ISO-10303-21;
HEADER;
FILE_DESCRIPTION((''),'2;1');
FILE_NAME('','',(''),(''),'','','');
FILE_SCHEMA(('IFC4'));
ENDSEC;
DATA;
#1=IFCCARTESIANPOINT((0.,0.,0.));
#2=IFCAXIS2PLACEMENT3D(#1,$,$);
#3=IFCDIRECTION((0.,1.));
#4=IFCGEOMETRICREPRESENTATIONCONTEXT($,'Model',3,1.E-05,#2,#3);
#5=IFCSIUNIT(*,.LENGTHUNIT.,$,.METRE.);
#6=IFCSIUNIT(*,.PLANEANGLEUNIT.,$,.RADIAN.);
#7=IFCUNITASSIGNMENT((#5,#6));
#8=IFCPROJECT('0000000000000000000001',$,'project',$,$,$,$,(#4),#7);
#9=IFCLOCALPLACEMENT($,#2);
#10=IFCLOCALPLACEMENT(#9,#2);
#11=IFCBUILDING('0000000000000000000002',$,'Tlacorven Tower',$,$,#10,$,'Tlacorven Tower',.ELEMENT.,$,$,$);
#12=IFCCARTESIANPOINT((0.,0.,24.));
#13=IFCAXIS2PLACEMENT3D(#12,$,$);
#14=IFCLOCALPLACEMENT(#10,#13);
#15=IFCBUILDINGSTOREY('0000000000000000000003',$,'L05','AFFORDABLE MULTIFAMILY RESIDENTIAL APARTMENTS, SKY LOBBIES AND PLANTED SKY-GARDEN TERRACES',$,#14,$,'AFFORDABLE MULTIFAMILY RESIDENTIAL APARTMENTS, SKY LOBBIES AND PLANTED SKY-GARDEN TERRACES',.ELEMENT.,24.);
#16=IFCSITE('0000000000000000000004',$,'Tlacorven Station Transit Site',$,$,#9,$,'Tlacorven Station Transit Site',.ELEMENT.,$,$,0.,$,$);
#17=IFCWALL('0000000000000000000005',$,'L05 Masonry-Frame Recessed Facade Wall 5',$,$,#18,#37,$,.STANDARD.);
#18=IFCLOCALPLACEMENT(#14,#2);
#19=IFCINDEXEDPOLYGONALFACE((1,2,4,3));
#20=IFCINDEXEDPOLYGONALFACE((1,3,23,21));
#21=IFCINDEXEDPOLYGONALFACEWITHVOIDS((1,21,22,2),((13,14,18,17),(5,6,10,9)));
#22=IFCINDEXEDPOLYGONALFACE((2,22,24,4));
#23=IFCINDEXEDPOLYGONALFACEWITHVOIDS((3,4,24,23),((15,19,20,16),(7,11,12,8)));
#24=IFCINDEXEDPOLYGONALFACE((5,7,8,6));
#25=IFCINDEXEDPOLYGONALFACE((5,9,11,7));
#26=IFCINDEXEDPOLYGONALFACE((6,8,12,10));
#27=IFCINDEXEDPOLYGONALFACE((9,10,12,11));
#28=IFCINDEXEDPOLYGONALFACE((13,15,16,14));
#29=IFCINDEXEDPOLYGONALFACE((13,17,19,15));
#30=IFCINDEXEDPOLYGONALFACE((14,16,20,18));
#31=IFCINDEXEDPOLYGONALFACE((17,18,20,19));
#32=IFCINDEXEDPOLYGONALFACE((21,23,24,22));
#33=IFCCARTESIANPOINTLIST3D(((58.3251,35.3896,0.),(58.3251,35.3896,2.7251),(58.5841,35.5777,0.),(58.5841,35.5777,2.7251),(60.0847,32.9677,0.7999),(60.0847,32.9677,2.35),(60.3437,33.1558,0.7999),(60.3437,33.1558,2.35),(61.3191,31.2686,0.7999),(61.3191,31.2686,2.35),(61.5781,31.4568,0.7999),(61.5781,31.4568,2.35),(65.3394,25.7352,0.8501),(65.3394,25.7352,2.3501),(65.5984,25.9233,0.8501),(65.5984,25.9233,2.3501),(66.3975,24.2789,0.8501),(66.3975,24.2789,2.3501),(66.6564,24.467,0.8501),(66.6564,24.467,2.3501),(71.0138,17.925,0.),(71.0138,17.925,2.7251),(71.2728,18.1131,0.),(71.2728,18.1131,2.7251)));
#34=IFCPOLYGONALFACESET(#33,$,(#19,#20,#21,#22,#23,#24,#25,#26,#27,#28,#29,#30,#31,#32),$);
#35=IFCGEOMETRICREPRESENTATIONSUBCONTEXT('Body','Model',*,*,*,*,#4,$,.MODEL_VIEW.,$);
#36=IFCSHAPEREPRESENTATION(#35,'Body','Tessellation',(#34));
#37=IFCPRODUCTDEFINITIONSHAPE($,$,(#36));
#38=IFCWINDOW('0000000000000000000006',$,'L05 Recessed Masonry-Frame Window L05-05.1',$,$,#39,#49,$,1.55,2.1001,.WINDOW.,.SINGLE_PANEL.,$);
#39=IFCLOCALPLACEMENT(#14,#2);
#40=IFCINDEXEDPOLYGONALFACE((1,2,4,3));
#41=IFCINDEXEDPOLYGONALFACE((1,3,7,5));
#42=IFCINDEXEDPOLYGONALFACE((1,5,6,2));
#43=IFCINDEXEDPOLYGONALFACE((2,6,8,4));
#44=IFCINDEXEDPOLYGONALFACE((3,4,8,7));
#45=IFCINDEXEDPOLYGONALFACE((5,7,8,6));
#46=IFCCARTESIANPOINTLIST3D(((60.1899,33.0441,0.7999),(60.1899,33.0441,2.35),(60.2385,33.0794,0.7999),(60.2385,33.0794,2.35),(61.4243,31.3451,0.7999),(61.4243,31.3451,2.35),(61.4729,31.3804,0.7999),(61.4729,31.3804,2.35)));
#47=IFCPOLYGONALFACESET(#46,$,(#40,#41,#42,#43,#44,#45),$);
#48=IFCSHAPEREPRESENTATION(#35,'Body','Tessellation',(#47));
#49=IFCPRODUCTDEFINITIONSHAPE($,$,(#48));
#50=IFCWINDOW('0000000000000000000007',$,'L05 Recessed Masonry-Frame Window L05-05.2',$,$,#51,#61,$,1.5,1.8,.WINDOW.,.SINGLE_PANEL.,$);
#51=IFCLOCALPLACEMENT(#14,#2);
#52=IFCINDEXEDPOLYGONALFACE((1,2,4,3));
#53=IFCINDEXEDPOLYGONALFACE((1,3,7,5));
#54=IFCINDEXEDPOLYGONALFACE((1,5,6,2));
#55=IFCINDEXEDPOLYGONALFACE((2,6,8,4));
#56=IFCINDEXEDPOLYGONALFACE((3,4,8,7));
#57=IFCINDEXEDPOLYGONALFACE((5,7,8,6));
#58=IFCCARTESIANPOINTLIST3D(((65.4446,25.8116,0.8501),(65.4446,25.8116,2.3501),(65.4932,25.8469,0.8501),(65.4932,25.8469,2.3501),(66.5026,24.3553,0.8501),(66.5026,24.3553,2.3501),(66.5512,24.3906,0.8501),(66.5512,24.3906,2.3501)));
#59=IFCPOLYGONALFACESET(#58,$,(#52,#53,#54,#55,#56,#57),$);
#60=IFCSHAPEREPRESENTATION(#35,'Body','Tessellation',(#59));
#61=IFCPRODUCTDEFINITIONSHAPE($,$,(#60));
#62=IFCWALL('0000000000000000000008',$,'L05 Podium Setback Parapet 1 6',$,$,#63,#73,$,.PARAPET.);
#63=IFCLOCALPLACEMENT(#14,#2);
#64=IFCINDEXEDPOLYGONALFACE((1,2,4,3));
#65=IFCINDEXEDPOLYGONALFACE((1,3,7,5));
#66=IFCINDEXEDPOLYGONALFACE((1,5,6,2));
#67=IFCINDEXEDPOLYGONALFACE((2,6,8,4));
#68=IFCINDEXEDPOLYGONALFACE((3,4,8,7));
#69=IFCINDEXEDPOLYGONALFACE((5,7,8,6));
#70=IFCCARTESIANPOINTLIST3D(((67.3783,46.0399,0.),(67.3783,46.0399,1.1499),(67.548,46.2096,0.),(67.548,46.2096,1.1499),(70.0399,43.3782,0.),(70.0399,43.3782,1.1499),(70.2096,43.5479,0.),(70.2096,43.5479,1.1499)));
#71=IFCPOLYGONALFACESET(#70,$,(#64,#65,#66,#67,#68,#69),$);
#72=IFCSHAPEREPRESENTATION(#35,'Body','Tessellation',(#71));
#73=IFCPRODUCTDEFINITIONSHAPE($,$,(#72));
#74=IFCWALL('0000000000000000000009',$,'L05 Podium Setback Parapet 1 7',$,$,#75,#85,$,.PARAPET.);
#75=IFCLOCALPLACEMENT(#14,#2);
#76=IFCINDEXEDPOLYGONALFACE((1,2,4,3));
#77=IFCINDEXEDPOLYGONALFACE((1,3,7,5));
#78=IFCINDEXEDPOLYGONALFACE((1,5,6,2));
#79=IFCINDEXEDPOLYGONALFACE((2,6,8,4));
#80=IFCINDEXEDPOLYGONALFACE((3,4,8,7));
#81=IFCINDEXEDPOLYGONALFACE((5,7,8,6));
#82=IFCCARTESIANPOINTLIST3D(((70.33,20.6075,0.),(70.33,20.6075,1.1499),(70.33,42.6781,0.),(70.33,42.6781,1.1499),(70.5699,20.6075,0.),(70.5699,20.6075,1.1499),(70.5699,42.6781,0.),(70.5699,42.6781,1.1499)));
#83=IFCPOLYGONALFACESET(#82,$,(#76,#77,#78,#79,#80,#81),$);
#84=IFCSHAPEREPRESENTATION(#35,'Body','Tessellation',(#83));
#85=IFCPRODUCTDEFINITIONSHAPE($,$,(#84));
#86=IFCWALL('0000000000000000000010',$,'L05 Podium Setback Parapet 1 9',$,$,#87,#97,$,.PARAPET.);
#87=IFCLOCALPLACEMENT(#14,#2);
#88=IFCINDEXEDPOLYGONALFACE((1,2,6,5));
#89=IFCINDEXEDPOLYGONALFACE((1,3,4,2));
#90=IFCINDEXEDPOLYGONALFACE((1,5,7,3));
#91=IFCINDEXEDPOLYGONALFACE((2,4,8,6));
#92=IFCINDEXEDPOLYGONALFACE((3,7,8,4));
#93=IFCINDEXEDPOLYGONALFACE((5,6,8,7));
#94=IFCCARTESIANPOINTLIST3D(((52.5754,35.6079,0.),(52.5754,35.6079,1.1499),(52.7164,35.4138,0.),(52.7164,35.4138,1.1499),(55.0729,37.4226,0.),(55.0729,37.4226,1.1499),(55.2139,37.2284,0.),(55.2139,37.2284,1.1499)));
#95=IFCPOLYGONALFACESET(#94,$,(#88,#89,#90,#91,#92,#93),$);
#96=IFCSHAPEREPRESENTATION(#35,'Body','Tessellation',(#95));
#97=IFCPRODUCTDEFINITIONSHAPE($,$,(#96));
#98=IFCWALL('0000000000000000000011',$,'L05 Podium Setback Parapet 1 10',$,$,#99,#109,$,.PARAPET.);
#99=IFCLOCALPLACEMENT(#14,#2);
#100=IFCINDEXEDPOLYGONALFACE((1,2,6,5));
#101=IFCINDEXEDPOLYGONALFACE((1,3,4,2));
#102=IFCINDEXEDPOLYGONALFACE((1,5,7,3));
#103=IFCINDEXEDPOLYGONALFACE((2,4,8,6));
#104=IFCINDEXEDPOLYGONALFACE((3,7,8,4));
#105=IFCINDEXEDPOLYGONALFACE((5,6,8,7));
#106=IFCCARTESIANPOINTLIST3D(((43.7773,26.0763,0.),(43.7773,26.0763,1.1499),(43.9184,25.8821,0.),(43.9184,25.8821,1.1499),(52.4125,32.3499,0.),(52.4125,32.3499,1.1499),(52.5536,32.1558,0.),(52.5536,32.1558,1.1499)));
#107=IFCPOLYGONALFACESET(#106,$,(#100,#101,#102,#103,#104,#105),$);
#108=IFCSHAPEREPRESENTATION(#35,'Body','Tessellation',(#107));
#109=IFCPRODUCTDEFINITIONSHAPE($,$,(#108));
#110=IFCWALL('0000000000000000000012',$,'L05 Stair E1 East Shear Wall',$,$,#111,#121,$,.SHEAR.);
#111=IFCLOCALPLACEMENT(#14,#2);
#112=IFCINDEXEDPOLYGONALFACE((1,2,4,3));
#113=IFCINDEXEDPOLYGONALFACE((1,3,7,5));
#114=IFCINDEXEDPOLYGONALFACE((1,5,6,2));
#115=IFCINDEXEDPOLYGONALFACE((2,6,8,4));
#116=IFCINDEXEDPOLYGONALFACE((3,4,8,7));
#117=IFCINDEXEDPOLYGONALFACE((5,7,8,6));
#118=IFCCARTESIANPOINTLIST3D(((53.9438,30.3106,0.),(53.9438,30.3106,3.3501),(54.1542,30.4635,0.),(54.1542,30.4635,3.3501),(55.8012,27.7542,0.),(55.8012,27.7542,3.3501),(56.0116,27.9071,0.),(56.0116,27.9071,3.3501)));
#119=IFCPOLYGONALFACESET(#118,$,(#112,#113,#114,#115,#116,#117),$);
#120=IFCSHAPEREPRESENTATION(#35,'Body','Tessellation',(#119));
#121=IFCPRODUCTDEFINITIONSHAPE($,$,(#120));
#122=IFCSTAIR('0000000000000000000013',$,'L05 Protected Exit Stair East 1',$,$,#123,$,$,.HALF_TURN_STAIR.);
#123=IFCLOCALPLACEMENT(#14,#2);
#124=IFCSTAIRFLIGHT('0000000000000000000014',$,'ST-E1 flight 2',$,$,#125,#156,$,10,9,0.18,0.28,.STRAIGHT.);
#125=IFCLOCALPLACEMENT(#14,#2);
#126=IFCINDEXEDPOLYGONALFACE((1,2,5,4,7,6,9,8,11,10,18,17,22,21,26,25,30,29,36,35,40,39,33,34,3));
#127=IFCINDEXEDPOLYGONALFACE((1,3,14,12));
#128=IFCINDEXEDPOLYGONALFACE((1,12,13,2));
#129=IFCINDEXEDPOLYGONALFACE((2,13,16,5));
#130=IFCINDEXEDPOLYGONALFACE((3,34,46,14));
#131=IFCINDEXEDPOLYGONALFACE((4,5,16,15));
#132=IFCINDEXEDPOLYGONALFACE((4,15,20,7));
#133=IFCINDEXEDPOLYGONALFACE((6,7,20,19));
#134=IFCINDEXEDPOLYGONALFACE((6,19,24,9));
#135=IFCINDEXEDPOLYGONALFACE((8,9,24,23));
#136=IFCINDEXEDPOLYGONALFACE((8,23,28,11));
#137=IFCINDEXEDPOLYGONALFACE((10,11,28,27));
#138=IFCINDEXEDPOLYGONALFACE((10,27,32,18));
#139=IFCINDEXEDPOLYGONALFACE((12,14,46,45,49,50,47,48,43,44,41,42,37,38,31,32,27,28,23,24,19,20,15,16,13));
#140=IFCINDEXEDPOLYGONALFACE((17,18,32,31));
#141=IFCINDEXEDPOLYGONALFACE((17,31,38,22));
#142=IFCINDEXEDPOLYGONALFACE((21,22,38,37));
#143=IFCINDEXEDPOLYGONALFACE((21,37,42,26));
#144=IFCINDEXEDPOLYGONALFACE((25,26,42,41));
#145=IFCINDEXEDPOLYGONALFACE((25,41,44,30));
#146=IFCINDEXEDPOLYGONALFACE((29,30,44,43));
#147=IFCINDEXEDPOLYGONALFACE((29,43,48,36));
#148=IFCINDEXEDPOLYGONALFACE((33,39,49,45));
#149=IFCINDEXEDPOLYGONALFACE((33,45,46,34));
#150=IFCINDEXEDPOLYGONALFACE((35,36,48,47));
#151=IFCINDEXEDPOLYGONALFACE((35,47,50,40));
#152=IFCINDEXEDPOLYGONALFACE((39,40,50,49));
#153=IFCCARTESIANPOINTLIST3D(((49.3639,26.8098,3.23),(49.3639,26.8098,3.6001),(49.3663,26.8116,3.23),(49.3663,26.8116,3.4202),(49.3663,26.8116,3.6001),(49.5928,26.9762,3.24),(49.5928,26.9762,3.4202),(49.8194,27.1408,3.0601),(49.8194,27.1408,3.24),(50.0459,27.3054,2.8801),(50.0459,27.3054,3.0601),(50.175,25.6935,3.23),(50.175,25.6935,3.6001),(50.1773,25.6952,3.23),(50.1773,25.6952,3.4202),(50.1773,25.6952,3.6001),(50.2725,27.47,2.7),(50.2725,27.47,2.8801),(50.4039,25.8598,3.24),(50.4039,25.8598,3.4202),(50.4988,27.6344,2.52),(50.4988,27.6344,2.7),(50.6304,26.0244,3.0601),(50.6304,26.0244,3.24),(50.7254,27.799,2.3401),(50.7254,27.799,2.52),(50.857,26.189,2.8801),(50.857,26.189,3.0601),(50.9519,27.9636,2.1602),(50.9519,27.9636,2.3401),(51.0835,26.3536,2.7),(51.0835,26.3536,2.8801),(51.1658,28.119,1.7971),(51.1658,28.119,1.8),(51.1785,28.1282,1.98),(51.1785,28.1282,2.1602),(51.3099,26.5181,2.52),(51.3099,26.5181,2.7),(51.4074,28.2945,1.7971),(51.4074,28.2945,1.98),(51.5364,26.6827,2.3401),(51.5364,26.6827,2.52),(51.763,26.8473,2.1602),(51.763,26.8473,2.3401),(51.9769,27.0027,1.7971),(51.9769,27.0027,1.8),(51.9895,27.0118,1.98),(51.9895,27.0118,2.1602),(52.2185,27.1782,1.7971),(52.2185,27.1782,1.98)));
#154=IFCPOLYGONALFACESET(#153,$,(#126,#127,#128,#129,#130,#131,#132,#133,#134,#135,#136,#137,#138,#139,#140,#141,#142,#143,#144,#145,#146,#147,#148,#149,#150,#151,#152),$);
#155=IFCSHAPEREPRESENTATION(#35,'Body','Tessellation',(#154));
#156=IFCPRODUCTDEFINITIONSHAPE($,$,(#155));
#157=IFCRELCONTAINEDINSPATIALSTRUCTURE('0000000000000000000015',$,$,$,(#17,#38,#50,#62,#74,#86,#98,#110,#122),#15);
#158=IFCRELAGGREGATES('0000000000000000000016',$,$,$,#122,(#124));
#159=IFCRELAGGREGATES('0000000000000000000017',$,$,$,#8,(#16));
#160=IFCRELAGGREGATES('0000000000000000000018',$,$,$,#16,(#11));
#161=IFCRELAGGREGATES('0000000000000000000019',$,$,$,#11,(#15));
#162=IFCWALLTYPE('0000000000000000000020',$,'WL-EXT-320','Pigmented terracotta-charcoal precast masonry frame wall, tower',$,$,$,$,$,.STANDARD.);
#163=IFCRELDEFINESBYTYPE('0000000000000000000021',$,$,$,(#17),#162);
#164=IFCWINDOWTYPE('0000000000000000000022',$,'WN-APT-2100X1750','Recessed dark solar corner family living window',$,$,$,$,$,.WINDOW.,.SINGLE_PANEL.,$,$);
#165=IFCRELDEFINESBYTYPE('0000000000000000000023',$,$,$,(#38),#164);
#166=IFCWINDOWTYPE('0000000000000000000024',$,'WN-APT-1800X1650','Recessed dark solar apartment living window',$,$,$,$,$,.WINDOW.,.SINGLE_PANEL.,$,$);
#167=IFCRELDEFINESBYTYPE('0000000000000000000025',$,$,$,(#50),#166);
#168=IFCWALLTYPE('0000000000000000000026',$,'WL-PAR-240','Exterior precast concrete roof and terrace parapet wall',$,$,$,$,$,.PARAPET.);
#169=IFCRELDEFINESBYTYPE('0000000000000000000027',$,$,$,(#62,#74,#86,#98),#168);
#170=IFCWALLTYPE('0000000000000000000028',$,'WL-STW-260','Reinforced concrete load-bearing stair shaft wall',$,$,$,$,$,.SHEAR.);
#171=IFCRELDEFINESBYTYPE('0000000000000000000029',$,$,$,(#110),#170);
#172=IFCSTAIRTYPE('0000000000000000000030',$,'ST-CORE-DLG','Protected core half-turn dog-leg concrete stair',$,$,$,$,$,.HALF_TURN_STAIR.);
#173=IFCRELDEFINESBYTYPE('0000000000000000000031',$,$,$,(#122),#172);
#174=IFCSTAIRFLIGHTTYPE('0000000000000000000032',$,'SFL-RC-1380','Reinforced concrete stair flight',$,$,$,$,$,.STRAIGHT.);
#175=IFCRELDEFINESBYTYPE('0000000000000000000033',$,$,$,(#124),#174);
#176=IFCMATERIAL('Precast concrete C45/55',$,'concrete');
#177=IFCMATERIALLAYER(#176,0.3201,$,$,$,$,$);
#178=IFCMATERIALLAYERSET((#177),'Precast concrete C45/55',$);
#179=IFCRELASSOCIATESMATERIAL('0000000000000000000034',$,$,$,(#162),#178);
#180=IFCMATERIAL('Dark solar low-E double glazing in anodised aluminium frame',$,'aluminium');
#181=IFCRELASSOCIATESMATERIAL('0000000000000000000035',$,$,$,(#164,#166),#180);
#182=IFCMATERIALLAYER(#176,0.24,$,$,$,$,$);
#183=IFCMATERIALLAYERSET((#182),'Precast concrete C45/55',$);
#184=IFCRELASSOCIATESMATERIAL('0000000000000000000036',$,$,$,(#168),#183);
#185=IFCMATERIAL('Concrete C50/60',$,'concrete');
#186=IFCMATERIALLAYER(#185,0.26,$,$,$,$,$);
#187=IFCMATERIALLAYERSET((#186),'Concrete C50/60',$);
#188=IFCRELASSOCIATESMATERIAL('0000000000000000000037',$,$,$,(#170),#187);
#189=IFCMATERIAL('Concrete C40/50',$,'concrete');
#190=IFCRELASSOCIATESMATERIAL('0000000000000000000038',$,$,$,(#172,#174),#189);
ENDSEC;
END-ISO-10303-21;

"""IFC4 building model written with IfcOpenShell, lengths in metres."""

from ifc_helpers import new_model, si_unit, direction, frame, frame_2d, origin, place, context, subcontext, project, spatial, polyline, rectangle, outline, extrude, source, transform, mapped, material, layer, layer_set, type_object, element, fill, aggregate, save


model = new_model("IFC4")

# Units and contexts
model_context = context("Model", 3, precision=1e-05, world=origin(), true_north=direction((0.0, 1.0)))
body_context = subcontext(model_context, "Body", "Model", "MODEL_VIEW")
ifc_project = project(units=[si_unit("LENGTHUNIT", "METRE"), si_unit("PLANEANGLEUNIT", "RADIAN")], contexts=[model_context])

# Site, building, storey
site_placement = place(None, origin())
site = spatial("IfcSite", under=ifc_project, at=site_placement, Name="Tlacorven Station Transit Site", LongName="Tlacorven Station Transit Site", CompositionType="ELEMENT", RefElevation=0.0)
building_placement = place(site_placement, origin())
building = spatial("IfcBuilding", under=site, at=building_placement, Name="Tlacorven Tower", LongName="Tlacorven Tower", CompositionType="ELEMENT")
storey_placement = place(building_placement, frame((0.0, 0.0, 24.0)))
storey = spatial("IfcBuildingStorey", under=building, at=storey_placement, Name="L05", Description="AFFORDABLE MULTIFAMILY RESIDENTIAL APARTMENTS, SKY LOBBIES AND PLANTED SKY-GARDEN TERRACES", LongName="AFFORDABLE MULTIFAMILY RESIDENTIAL APARTMENTS, SKY LOBBIES AND PLANTED SKY-GARDEN TERRACES", CompositionType="ELEMENT", Elevation=24.0)

# Wall, openings, windows
ifc_material_1 = material(Name="Precast concrete C45/55", Category="concrete")
ifc_layer_1 = layer(ifc_material_1, 0.3201)
ifc_layer_set_1 = layer_set([ifc_layer_1], Name="Precast concrete C45/55")
wall_type_1 = type_object("IfcWallType", Name="WL-EXT-320", Description="Pigmented terracotta-charcoal precast masonry frame wall, tower", PredefinedType="STANDARD", material=ifc_layer_set_1)
wall_1_placement = place(storey_placement, frame((58.4546, 35.4836, 0.0), z_axis=(0.0, 0.0, 1.0), x_axis=(0.587784, -0.809018, 0.0)))
wall_1 = element("IfcWall", 1, at=wall_1_placement, inside=storey, type_object=wall_type_1, Name="L05 Masonry-Frame Recessed Facade Wall 5", PredefinedType="STANDARD", context=body_context, shape_type="SweptSolid", body=[
    extrude(rectangle(XDim=21.5874, YDim=0.3201, at=frame_2d((10.7937, 0.0))), origin(), (0.0, 0.0, 1.0), 2.7251),
])
opening_1_placement = place(wall_1_placement, frame((2.9937, 0.0, 0.8)))
opening_1 = element("IfcOpeningElement", 2, at=opening_1_placement, cuts=wall_1, PredefinedType="OPENING", context=body_context, shape_type="SweptSolid", body=[
    extrude(rectangle(XDim=2.1001, YDim=1.55, at=frame_2d((1.05, 0.7749))), frame((0.0, 0.1699, 0.0), z_axis=(0.0, -1.0, 0.0), x_axis=(1.0, 0.0, 0.0)), (0.0, 0.0, 1.0), 0.3401),
])
opening_2_placement = place(wall_1_placement, frame((11.9336, 0.0, 0.8501)))
opening_2 = element("IfcOpeningElement", 3, at=opening_2_placement, cuts=wall_1, PredefinedType="OPENING", context=body_context, shape_type="SweptSolid", body=[
    extrude(rectangle(XDim=1.8, YDim=1.5, at=frame_2d((0.8999, 0.75))), frame((0.0, 0.1699, 0.0), z_axis=(0.0, -1.0, 0.0), x_axis=(1.0, 0.0, 0.0)), (0.0, 0.0, 1.0), 0.3401),
])
ifc_material_2 = material(Name="Dark solar low-E double glazing in anodised aluminium frame", Category="aluminium")
window_type_1 = type_object("IfcWindowType", Name="WN-APT-2100X1750", Description="Recessed dark solar corner family living window", PartitioningType="SINGLE_PANEL", PredefinedType="WINDOW", material=ifc_material_2)
shared_shape_1 = source(origin(), body_context, "Body", "SweptSolid", [
    extrude(rectangle(XDim=2.1001, YDim=1.55, at=frame_2d((1.05, 0.7749))), frame((0.0, 0.03, 0.0), z_axis=(0.0, -1.0, 0.0), x_axis=(1.0, 0.0, 0.0)), (0.0, 0.0, 1.0), 0.0601),
])
window_1_placement = place(opening_1_placement, origin())
window_1 = element("IfcWindow", 4, at=window_1_placement, inside=storey, type_object=window_type_1, Name="L05 Recessed Masonry-Frame Window L05-05.1", OverallHeight=1.55, OverallWidth=2.1001, PartitioningType="SINGLE_PANEL", PredefinedType="WINDOW", context=body_context, shape_type="MappedRepresentation", body=[
    mapped(shared_shape_1, transform((0.0, 0.0, 0.0), scale=1.0)),
])
fill(opening_1, window_1)
window_type_2 = type_object("IfcWindowType", Name="WN-APT-1800X1650", Description="Recessed dark solar apartment living window", PartitioningType="SINGLE_PANEL", PredefinedType="WINDOW", material=ifc_material_2)
shared_shape_2 = source(origin(), body_context, "Body", "SweptSolid", [
    extrude(rectangle(XDim=1.8, YDim=1.5, at=frame_2d((0.8999, 0.75))), frame((0.0, 0.03, 0.0), z_axis=(0.0, -1.0, 0.0), x_axis=(1.0, 0.0, 0.0)), (0.0, 0.0, 1.0), 0.0601),
])
window_2_placement = place(opening_2_placement, origin())
window_2 = element("IfcWindow", 5, at=window_2_placement, inside=storey, type_object=window_type_2, Name="L05 Recessed Masonry-Frame Window L05-05.2", OverallHeight=1.5, OverallWidth=1.8, PartitioningType="SINGLE_PANEL", PredefinedType="WINDOW", context=body_context, shape_type="MappedRepresentation", body=[
    mapped(shared_shape_2, transform((0.0, 0.0, 0.0), scale=1.0)),
])
fill(opening_2, window_2)

# Walls
ifc_layer_2 = layer(ifc_material_1, 0.24)
ifc_layer_set_2 = layer_set([ifc_layer_2], Name="Precast concrete C45/55")
wall_type_2 = type_object("IfcWallType", Name="WL-PAR-240", Description="Exterior precast concrete roof and terrace parapet wall", PredefinedType="PARAPET", material=ifc_layer_set_2)
wall_2_placement = place(storey_placement, frame((67.4631, 46.1248, 0.0), z_axis=(0.0, 0.0, 1.0), x_axis=(0.707107, -0.707107, 0.0)))
element("IfcWall", 6, at=wall_2_placement, inside=storey, type_object=wall_type_2, Name="L05 Podium Setback Parapet 1 6", PredefinedType="PARAPET", context=body_context, shape_type="SweptSolid", body=[
    extrude(rectangle(XDim=3.7642, YDim=0.24, at=frame_2d((1.8821, 0.0))), origin(), (0.0, 0.0, 1.0), 1.1499),
])
wall_3_placement = place(storey_placement, frame((70.45, 42.678, 0.0), z_axis=(0.0, 0.0, 1.0), x_axis=(0.0, -1.0, 0.0)))
element("IfcWall", 7, at=wall_3_placement, inside=storey, type_object=wall_type_2, Name="L05 Podium Setback Parapet 1 7", PredefinedType="PARAPET", context=body_context, shape_type="SweptSolid", body=[
    extrude(rectangle(XDim=22.0706, YDim=0.24, at=frame_2d((11.0352, 0.0))), origin(), (0.0, 0.0, 1.0), 1.1499),
])
wall_4_placement = place(storey_placement, frame((55.1433, 37.3254, 0.0), z_axis=(0.0, 0.0, 1.0), x_axis=(-0.808999, -0.58781, 0.0)))
element("IfcWall", 8, at=wall_4_placement, inside=storey, type_object=wall_type_2, Name="L05 Podium Setback Parapet 1 9", PredefinedType="PARAPET", context=body_context, shape_type="SweptSolid", body=[
    extrude(rectangle(XDim=3.0872, YDim=0.24, at=frame_2d((1.5435, 0.0))), origin(), (0.0, 0.0, 1.0), 1.1499),
])
wall_5_placement = place(storey_placement, frame((52.4832, 32.2529, 0.0), z_axis=(0.0, 0.0, 1.0), x_axis=(-0.809026, -0.587773, 0.0)))
element("IfcWall", 9, at=wall_5_placement, inside=storey, type_object=wall_type_2, Name="L05 Podium Setback Parapet 1 10", PredefinedType="PARAPET", context=body_context, shape_type="SweptSolid", body=[
    extrude(rectangle(XDim=10.6736, YDim=0.24, at=frame_2d((5.3369, 0.0))), origin(), (0.0, 0.0, 1.0), 1.1499),
])
ifc_material_3 = material(Name="Concrete C50/60", Category="concrete")
ifc_layer_3 = layer(ifc_material_3, 0.26)
ifc_layer_set_3 = layer_set([ifc_layer_3], Name="Concrete C50/60")
wall_type_3 = type_object("IfcWallType", Name="WL-STW-260", Description="Reinforced concrete load-bearing stair shaft wall", PredefinedType="SHEAR", material=ifc_layer_set_3)
wall_6_placement = place(storey_placement, frame((55.9065, 27.8306, 0.0), z_axis=(0.0, 0.0, 1.0), x_axis=(-0.587804, 0.809003, 0.0)))
element("IfcWall", 10, at=wall_6_placement, inside=storey, type_object=wall_type_3, Name="L05 Stair E1 East Shear Wall", PredefinedType="SHEAR", context=body_context, shape_type="SweptSolid", body=[
    extrude(rectangle(XDim=3.1599, YDim=0.26, at=frame_2d((1.5801, 0.0))), origin(), (0.0, 0.0, 1.0), 3.3501),
])

# Stair, stair flight
ifc_material_4 = material(Name="Concrete C40/50", Category="concrete")
stair_type = type_object("IfcStairType", Name="ST-CORE-DLG", Description="Protected core half-turn dog-leg concrete stair", PredefinedType="HALF_TURN_STAIR", material=ifc_material_4)
stair_placement = place(storey_placement, origin())
stair = element("IfcStair", 11, at=stair_placement, inside=storey, type_object=stair_type, Name="L05 Protected Exit Stair East 1", PredefinedType="HALF_TURN_STAIR")
stair_flight_type = type_object("IfcStairFlightType", Name="SFL-RC-1380", Description="Reinforced concrete stair flight", PredefinedType="STRAIGHT", material=ifc_material_4)
shared_shape_3 = source(origin(), body_context, "Body", "SweptSolid", [
    extrude(outline(polyline([(-0.0029, -0.0029), (-0.0029, 0.1799), (0.28, 0.1799), (0.28, 0.3601), (0.5601, 0.3601), (0.5601, 0.54), (0.8401, 0.54), (0.8401, 0.72), (1.1201, 0.72), (1.1201, 0.8999), (1.3999, 0.8999), (1.3999, 1.0801), (1.6799, 1.0801), (1.6799, 1.26), (1.96, 1.26), (1.96, 1.4399), (2.24, 1.4399), (2.24, 1.6201), (2.52, 1.6201), (2.52, 1.8), (2.5229, 1.8), (2.5229, 1.4299), (2.52, 1.4299), (0.2957, 0.0), (0.2957, -0.0029), (-0.0029, -0.0029)])), frame((0.0, 0.6899, 0.0), z_axis=(0.0, -1.0, 0.0), x_axis=(1.0, 0.0, 0.0)), (0.0, 0.0, 1.0), 1.3799),
])
stair_flight_placement = place(storey_placement, frame((51.8105, 27.7346, 1.8), z_axis=(0.0, 0.0, 1.0), x_axis=(-0.809017, -0.587785, 0.0)))
stair_flight = element("IfcStairFlight", 12, at=stair_flight_placement, type_object=stair_flight_type, Name="ST-E1 flight 2", NumberOfRisers=10, NumberOfTreads=9, PredefinedType="STRAIGHT", RiserHeight=0.18, TreadLength=0.28, context=body_context, shape_type="MappedRepresentation", body=[
    mapped(shared_shape_3, transform((0.0, 0.0, 0.0), scale=1.0)),
])
aggregate(stair, [stair_flight])

save(model, "model.ifc")
